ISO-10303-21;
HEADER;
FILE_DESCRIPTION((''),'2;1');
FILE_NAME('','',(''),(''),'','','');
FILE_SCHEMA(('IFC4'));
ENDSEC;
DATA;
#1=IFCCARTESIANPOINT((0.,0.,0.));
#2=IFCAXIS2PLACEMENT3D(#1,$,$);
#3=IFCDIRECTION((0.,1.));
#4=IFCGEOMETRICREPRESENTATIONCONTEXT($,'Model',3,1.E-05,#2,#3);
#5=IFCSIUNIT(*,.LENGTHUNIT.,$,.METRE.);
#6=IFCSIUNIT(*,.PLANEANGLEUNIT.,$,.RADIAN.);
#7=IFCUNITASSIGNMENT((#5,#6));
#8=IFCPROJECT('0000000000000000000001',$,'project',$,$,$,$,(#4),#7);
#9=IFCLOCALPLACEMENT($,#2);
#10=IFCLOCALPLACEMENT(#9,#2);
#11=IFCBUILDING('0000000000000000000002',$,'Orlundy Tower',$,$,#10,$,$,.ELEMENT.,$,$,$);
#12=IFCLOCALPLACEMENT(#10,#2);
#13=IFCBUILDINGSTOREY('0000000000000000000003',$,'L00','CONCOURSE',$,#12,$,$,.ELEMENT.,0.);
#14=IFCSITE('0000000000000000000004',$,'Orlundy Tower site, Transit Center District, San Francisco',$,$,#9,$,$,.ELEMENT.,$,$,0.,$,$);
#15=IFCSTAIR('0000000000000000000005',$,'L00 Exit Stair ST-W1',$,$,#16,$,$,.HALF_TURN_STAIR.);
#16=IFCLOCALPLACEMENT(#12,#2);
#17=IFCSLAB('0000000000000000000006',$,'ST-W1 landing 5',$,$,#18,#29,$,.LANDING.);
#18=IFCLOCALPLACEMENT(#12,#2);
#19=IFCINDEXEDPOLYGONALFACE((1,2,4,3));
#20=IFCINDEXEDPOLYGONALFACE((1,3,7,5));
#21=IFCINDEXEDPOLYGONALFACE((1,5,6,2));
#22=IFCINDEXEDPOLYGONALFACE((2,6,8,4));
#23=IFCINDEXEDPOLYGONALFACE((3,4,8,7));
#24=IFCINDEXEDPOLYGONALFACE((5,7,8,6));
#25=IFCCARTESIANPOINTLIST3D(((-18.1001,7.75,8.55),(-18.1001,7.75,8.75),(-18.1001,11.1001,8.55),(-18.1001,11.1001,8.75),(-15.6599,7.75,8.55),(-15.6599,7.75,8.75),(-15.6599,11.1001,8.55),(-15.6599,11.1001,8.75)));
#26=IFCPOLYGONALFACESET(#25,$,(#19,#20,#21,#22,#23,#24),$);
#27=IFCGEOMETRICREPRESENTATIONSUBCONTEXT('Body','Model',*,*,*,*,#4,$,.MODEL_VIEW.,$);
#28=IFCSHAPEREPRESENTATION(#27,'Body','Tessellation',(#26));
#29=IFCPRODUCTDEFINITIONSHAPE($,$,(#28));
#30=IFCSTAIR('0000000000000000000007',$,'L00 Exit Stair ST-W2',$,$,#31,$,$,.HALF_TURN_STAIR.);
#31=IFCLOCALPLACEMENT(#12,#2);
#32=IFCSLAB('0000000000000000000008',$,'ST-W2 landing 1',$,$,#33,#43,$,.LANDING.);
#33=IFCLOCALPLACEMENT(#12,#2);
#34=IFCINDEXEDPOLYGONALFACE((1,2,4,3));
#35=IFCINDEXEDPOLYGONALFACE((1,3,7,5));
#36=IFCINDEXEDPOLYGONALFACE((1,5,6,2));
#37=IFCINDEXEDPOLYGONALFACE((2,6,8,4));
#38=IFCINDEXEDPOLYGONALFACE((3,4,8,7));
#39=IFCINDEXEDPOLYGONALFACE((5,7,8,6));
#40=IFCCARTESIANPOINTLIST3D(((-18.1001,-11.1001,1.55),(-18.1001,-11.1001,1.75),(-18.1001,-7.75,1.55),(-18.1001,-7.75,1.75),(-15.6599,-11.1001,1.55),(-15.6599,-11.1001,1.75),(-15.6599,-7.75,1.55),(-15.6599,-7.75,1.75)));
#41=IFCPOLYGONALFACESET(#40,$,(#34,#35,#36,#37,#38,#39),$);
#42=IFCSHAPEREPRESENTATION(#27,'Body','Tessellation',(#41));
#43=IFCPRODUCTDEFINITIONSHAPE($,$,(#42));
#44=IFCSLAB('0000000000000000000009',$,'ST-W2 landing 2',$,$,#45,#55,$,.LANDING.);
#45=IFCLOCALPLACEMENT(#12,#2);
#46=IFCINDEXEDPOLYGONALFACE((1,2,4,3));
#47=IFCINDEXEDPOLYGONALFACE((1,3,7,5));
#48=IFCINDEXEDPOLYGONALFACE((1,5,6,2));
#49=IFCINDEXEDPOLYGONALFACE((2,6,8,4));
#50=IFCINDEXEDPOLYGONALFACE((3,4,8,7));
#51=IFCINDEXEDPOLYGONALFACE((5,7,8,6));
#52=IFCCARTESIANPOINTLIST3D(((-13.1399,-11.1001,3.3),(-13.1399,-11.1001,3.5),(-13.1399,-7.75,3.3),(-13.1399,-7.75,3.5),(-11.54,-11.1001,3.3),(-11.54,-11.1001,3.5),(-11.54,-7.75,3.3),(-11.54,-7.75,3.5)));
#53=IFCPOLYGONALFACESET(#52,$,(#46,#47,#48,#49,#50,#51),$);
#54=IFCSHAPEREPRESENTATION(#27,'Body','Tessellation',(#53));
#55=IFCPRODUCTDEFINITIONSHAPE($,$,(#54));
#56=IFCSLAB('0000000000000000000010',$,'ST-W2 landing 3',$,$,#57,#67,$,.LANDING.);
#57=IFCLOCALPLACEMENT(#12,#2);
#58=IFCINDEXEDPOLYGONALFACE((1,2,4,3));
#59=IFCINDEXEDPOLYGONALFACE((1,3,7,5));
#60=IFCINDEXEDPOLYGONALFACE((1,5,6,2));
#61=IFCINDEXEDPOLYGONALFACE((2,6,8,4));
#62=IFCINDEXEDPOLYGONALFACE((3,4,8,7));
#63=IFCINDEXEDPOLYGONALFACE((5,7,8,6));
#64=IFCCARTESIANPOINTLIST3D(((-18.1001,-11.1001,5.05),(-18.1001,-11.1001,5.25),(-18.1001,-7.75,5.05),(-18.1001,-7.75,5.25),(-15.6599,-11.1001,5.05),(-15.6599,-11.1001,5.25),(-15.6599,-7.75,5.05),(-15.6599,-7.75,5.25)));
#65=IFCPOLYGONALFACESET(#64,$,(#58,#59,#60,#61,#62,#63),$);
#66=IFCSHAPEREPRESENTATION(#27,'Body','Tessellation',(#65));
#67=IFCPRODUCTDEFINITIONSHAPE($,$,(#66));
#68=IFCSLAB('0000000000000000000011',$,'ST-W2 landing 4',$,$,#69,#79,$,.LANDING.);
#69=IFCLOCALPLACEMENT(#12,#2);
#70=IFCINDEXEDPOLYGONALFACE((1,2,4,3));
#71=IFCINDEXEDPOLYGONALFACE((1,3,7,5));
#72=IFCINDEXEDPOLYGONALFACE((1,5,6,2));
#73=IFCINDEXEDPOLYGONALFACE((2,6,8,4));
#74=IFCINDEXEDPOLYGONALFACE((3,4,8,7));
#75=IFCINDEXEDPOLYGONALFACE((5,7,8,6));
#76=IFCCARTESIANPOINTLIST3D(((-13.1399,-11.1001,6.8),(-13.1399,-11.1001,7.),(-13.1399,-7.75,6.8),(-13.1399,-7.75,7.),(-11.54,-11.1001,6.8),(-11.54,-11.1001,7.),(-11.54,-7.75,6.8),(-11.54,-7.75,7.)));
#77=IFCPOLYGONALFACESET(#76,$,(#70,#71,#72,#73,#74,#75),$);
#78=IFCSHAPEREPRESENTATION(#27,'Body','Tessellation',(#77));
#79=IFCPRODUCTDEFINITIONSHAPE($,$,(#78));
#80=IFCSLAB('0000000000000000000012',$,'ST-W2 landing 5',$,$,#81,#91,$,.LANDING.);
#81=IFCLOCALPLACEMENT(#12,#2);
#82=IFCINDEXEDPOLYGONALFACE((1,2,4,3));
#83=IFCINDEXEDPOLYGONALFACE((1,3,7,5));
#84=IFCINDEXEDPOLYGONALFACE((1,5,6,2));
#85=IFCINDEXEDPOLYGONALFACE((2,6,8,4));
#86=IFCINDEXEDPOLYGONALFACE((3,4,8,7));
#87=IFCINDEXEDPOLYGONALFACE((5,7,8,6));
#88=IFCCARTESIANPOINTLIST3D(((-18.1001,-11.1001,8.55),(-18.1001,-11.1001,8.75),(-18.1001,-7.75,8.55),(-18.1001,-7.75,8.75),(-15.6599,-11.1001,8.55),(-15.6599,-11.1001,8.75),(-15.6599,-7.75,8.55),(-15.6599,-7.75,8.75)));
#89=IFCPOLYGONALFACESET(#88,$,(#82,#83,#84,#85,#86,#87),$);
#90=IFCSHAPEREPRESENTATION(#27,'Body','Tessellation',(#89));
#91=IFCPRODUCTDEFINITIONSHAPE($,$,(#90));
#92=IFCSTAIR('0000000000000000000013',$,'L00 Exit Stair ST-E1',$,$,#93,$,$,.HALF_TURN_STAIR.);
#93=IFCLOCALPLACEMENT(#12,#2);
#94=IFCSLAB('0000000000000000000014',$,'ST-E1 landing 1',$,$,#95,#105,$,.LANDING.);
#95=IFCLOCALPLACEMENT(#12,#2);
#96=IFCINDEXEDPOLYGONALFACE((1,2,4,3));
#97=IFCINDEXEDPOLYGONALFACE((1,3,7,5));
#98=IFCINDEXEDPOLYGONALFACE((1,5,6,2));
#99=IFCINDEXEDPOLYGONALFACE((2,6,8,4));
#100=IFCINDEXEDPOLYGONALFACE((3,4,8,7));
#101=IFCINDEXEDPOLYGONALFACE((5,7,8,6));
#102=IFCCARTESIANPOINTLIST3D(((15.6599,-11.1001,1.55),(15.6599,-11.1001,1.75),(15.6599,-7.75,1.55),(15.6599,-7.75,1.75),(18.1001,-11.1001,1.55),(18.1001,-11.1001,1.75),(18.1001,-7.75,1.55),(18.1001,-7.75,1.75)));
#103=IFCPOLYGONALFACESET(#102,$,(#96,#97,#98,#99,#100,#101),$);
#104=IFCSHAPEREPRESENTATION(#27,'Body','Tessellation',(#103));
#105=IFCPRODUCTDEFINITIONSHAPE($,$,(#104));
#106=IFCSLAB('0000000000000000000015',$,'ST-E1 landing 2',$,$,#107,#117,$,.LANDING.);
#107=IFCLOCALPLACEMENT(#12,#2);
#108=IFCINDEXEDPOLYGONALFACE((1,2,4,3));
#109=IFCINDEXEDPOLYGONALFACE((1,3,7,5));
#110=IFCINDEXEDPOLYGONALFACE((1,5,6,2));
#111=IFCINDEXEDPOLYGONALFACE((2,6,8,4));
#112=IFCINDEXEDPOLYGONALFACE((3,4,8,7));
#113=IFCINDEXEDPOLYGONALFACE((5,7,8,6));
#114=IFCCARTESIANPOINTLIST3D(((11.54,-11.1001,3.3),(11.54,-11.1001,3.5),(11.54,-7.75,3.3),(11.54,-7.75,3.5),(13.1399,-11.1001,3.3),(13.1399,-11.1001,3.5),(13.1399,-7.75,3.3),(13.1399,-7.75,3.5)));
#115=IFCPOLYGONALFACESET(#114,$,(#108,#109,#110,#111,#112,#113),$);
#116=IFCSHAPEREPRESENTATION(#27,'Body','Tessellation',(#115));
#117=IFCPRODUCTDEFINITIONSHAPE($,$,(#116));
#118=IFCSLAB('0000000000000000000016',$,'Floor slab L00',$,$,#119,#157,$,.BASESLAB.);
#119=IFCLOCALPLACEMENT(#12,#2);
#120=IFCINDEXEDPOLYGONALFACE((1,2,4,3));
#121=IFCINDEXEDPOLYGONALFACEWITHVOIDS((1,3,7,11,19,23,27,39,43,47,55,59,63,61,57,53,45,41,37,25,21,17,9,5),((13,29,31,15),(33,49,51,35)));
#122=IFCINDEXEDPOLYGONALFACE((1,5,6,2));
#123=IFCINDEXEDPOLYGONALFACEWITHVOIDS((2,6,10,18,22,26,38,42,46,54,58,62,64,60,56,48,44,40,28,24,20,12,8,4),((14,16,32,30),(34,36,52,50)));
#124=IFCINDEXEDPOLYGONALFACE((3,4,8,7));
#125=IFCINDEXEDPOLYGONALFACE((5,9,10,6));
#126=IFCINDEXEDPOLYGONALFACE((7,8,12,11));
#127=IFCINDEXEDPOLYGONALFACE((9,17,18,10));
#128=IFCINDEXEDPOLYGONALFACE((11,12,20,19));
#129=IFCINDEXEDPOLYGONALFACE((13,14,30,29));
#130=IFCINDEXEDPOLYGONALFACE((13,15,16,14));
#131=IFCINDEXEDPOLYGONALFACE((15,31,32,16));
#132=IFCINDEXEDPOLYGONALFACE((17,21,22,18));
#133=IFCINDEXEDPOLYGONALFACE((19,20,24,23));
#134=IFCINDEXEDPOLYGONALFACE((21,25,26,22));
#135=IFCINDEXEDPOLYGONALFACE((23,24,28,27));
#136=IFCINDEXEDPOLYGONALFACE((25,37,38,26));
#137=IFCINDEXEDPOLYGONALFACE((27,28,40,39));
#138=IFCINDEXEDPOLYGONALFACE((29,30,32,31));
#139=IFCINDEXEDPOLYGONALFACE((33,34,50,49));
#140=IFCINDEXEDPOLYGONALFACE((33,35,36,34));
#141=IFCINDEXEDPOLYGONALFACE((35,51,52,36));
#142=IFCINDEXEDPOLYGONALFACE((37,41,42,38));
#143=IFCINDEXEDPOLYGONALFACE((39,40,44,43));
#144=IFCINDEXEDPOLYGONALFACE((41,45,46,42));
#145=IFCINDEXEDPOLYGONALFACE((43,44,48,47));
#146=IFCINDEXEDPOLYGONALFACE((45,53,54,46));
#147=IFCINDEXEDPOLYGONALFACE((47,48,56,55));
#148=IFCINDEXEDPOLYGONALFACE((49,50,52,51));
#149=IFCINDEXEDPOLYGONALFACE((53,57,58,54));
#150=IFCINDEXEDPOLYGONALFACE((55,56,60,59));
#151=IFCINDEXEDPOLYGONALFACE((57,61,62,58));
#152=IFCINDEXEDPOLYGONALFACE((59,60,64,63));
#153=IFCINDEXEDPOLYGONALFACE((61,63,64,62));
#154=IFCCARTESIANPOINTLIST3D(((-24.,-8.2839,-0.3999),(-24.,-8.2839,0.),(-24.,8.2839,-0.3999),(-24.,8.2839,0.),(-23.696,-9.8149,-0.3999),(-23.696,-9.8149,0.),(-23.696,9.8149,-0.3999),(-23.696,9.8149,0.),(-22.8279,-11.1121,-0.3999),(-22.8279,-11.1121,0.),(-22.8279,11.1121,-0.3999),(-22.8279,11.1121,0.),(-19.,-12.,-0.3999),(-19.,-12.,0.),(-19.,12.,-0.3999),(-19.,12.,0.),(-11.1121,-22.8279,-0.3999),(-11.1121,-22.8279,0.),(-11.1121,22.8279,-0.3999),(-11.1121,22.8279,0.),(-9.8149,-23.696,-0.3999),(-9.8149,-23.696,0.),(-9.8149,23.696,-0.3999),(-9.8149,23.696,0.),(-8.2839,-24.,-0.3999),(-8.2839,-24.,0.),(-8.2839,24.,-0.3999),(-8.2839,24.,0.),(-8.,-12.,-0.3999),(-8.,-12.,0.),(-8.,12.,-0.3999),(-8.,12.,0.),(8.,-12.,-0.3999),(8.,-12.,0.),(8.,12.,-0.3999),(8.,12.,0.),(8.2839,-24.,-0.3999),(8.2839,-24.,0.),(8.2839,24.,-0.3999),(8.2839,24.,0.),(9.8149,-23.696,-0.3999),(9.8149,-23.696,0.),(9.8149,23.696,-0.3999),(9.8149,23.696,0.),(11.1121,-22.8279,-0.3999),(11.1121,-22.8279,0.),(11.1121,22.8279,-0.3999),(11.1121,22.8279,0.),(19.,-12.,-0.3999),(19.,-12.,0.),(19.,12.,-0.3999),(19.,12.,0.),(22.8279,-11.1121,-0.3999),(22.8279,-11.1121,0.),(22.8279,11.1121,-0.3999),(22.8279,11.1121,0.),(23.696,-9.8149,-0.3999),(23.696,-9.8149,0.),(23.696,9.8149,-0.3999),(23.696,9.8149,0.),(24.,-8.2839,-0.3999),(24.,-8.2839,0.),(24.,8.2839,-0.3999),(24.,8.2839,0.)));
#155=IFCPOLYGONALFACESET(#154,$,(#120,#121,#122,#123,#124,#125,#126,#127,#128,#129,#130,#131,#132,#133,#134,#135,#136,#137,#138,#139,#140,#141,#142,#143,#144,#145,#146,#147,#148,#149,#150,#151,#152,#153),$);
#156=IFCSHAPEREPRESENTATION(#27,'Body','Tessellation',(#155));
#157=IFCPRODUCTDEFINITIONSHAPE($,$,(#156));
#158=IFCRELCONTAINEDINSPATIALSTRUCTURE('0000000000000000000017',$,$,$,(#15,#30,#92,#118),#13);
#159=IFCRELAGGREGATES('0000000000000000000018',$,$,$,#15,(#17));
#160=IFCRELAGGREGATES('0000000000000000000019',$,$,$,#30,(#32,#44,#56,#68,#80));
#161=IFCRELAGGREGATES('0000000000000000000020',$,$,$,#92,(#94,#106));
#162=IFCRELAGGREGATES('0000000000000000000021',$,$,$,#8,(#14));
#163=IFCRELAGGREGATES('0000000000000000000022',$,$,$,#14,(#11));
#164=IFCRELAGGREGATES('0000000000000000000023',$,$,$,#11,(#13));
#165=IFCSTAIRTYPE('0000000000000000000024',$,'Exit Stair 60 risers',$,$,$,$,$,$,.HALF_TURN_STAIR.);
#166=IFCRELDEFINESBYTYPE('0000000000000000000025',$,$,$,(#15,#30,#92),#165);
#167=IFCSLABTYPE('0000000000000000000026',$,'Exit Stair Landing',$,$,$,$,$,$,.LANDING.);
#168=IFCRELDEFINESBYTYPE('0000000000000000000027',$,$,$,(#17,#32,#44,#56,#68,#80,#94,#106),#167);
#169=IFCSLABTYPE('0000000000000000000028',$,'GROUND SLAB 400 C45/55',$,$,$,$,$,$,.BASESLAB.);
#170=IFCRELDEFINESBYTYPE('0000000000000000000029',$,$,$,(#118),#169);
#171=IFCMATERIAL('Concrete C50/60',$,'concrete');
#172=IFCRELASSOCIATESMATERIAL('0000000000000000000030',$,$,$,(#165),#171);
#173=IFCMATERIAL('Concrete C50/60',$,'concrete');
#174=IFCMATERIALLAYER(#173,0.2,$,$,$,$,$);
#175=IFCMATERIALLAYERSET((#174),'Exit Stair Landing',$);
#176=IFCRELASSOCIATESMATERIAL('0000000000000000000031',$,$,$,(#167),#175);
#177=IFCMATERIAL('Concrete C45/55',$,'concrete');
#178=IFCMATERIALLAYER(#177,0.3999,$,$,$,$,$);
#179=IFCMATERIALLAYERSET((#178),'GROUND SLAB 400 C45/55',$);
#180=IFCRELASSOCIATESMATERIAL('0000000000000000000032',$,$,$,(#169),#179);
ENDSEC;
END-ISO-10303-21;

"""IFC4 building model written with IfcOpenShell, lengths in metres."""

from ifc_helpers import new_model, si_unit, direction, frame, origin, place, context, subcontext, project, spatial, polyline, outline, extrude, material, layer, layer_set, type_object, element, aggregate, save


model = new_model("IFC4")

# Units and contexts
model_context = context("Model", 3, precision=1e-05, world=origin(), true_north=direction((0.0, 1.0)))
body_context = subcontext(model_context, "Body", "Model", "MODEL_VIEW")
ifc_project = project(units=[si_unit("LENGTHUNIT", "METRE"), si_unit("PLANEANGLEUNIT", "RADIAN")], contexts=[model_context])

# Site, building, storey
site_placement = place(None, origin())
site = spatial("IfcSite", under=ifc_project, at=site_placement, Name="Orlundy Tower site, Transit Center District, San Francisco", CompositionType="ELEMENT", RefElevation=0.0)
building_placement = place(site_placement, origin())
building = spatial("IfcBuilding", under=site, at=building_placement, Name="Orlundy Tower", CompositionType="ELEMENT")
storey_placement = place(building_placement, origin())
storey = spatial("IfcBuildingStorey", under=building, at=storey_placement, Name="L00", Description="CONCOURSE", CompositionType="ELEMENT", Elevation=0.0)

# Stairs, slabs
ifc_material_1 = material(Name="Concrete C50/60", Category="concrete")
stair_type = type_object("IfcStairType", Name="Exit Stair 60 risers", PredefinedType="HALF_TURN_STAIR", material=ifc_material_1)
stair_1_placement = place(storey_placement, origin())
stair_1 = element("IfcStair", 1, at=stair_1_placement, inside=storey, type_object=stair_type, Name="L00 Exit Stair ST-W1", PredefinedType="HALF_TURN_STAIR")
ifc_material_2 = material(Name="Concrete C50/60", Category="concrete")
ifc_layer_1 = layer(ifc_material_2, 0.2)
ifc_layer_set_1 = layer_set([ifc_layer_1], Name="Exit Stair Landing")
slab_type_1 = type_object("IfcSlabType", Name="Exit Stair Landing", PredefinedType="LANDING", material=ifc_layer_set_1)
slab_1_placement = place(storey_placement, frame((0.0, 0.0, 8.55)))
slab_1 = element("IfcSlab", 2, at=slab_1_placement, type_object=slab_type_1, Name="ST-W1 landing 5", PredefinedType="LANDING", context=body_context, shape_type="SweptSolid", body=[
    extrude(outline(polyline([(-15.6599, 11.1001), (-18.1001, 11.1001), (-18.1001, 7.75), (-15.6599, 7.75), (-15.6599, 11.1001)])), origin(), (0.0, 0.0, 1.0), 0.2),
])
aggregate(stair_1, [slab_1])
stair_2_placement = place(storey_placement, origin())
stair_2 = element("IfcStair", 3, at=stair_2_placement, inside=storey, type_object=stair_type, Name="L00 Exit Stair ST-W2", PredefinedType="HALF_TURN_STAIR")
slab_2_placement = place(storey_placement, frame((0.0, 0.0, 1.55)))
slab_2 = element("IfcSlab", 4, at=slab_2_placement, type_object=slab_type_1, Name="ST-W2 landing 1", PredefinedType="LANDING", context=body_context, shape_type="SweptSolid", body=[
    extrude(outline(polyline([(-15.6599, -7.75), (-18.1001, -7.75), (-18.1001, -11.1001), (-15.6599, -11.1001), (-15.6599, -7.75)])), origin(), (0.0, 0.0, 1.0), 0.2),
])
slab_3_placement = place(storey_placement, frame((0.0, 0.0, 3.3)))
slab_3 = element("IfcSlab", 5, at=slab_3_placement, type_object=slab_type_1, Name="ST-W2 landing 2", PredefinedType="LANDING", context=body_context, shape_type="SweptSolid", body=[
    extrude(outline(polyline([(-11.54, -7.75), (-13.1399, -7.75), (-13.1399, -11.1001), (-11.54, -11.1001), (-11.54, -7.75)])), origin(), (0.0, 0.0, 1.0), 0.2),
])
slab_4_placement = place(storey_placement, frame((0.0, 0.0, 5.05)))
slab_4 = element("IfcSlab", 6, at=slab_4_placement, type_object=slab_type_1, Name="ST-W2 landing 3", PredefinedType="LANDING", context=body_context, shape_type="SweptSolid", body=[
    extrude(outline(polyline([(-15.6599, -7.75), (-18.1001, -7.75), (-18.1001, -11.1001), (-15.6599, -11.1001), (-15.6599, -7.75)])), origin(), (0.0, 0.0, 1.0), 0.2),
])
slab_5_placement = place(storey_placement, frame((0.0, 0.0, 6.8)))
slab_5 = element("IfcSlab", 7, at=slab_5_placement, type_object=slab_type_1, Name="ST-W2 landing 4", PredefinedType="LANDING", context=body_context, shape_type="SweptSolid", body=[
    extrude(outline(polyline([(-11.54, -7.75), (-13.1399, -7.75), (-13.1399, -11.1001), (-11.54, -11.1001), (-11.54, -7.75)])), origin(), (0.0, 0.0, 1.0), 0.2),
])
slab_6_placement = place(storey_placement, frame((0.0, 0.0, 8.55)))
slab_6 = element("IfcSlab", 8, at=slab_6_placement, type_object=slab_type_1, Name="ST-W2 landing 5", PredefinedType="LANDING", context=body_context, shape_type="SweptSolid", body=[
    extrude(outline(polyline([(-15.6599, -7.75), (-18.1001, -7.75), (-18.1001, -11.1001), (-15.6599, -11.1001), (-15.6599, -7.75)])), origin(), (0.0, 0.0, 1.0), 0.2),
])
aggregate(stair_2, [slab_2, slab_3, slab_4, slab_5, slab_6])
stair_3_placement = place(storey_placement, origin())
stair_3 = element("IfcStair", 9, at=stair_3_placement, inside=storey, type_object=stair_type, Name="L00 Exit Stair ST-E1", PredefinedType="HALF_TURN_STAIR")
slab_7_placement = place(storey_placement, frame((0.0, 0.0, 1.55)))
slab_7 = element("IfcSlab", 10, at=slab_7_placement, type_object=slab_type_1, Name="ST-E1 landing 1", PredefinedType="LANDING", context=body_context, shape_type="SweptSolid", body=[
    extrude(outline(polyline([(15.6599, -11.1001), (18.1001, -11.1001), (18.1001, -7.75), (15.6599, -7.75), (15.6599, -11.1001)])), origin(), (0.0, 0.0, 1.0), 0.2),
])
slab_8_placement = place(storey_placement, frame((0.0, 0.0, 3.3)))
slab_8 = element("IfcSlab", 11, at=slab_8_placement, type_object=slab_type_1, Name="ST-E1 landing 2", PredefinedType="LANDING", context=body_context, shape_type="SweptSolid", body=[
    extrude(outline(polyline([(11.54, -11.1001), (13.1399, -11.1001), (13.1399, -7.75), (11.54, -7.75), (11.54, -11.1001)])), origin(), (0.0, 0.0, 1.0), 0.2),
])
aggregate(stair_3, [slab_7, slab_8])

# Slab
ifc_material_3 = material(Name="Concrete C45/55", Category="concrete")
ifc_layer_2 = layer(ifc_material_3, 0.3999)
ifc_layer_set_2 = layer_set([ifc_layer_2], Name="GROUND SLAB 400 C45/55")
slab_type_2 = type_object("IfcSlabType", Name="GROUND SLAB 400 C45/55", PredefinedType="BASESLAB", material=ifc_layer_set_2)
slab_9_placement = place(storey_placement, frame((0.0, 0.0, -0.3999)))
element("IfcSlab", 12, at=slab_9_placement, inside=storey, type_object=slab_type_2, Name="Floor slab L00", PredefinedType="BASESLAB", context=body_context, shape_type="SweptSolid", body=[
    extrude(outline(polyline([(-9.8149, -23.696), (-11.1121, -22.8279), (-22.8279, -11.1121), (-23.696, -9.8149), (-24.0, -8.2839), (-24.0, 8.2839), (-23.696, 9.8149), (-22.8279, 11.1121), (-11.1121, 22.8279), (-9.8149, 23.696), (-8.2839, 24.0), (8.2839, 24.0), (9.8149, 23.696), (11.1121, 22.8279), (22.8279, 11.1121), (23.696, 9.8149), (24.0, 8.2839), (24.0, -8.2839), (23.696, -9.8149), (22.8279, -11.1121), (11.1121, -22.8279), (9.8149, -23.696), (8.2839, -24.0), (-8.2839, -24.0), (-9.8149, -23.696)]), holes=[polyline([(-8.0, -12.0), (-8.0, 12.0), (-19.0, 12.0), (-19.0, -12.0), (-8.0, -12.0)]), polyline([(19.0, -12.0), (19.0, 12.0), (8.0, 12.0), (8.0, -12.0), (19.0, -12.0)])]), origin(), (0.0, 0.0, 1.0), 0.3999),
])

save(model, "model.ifc")
